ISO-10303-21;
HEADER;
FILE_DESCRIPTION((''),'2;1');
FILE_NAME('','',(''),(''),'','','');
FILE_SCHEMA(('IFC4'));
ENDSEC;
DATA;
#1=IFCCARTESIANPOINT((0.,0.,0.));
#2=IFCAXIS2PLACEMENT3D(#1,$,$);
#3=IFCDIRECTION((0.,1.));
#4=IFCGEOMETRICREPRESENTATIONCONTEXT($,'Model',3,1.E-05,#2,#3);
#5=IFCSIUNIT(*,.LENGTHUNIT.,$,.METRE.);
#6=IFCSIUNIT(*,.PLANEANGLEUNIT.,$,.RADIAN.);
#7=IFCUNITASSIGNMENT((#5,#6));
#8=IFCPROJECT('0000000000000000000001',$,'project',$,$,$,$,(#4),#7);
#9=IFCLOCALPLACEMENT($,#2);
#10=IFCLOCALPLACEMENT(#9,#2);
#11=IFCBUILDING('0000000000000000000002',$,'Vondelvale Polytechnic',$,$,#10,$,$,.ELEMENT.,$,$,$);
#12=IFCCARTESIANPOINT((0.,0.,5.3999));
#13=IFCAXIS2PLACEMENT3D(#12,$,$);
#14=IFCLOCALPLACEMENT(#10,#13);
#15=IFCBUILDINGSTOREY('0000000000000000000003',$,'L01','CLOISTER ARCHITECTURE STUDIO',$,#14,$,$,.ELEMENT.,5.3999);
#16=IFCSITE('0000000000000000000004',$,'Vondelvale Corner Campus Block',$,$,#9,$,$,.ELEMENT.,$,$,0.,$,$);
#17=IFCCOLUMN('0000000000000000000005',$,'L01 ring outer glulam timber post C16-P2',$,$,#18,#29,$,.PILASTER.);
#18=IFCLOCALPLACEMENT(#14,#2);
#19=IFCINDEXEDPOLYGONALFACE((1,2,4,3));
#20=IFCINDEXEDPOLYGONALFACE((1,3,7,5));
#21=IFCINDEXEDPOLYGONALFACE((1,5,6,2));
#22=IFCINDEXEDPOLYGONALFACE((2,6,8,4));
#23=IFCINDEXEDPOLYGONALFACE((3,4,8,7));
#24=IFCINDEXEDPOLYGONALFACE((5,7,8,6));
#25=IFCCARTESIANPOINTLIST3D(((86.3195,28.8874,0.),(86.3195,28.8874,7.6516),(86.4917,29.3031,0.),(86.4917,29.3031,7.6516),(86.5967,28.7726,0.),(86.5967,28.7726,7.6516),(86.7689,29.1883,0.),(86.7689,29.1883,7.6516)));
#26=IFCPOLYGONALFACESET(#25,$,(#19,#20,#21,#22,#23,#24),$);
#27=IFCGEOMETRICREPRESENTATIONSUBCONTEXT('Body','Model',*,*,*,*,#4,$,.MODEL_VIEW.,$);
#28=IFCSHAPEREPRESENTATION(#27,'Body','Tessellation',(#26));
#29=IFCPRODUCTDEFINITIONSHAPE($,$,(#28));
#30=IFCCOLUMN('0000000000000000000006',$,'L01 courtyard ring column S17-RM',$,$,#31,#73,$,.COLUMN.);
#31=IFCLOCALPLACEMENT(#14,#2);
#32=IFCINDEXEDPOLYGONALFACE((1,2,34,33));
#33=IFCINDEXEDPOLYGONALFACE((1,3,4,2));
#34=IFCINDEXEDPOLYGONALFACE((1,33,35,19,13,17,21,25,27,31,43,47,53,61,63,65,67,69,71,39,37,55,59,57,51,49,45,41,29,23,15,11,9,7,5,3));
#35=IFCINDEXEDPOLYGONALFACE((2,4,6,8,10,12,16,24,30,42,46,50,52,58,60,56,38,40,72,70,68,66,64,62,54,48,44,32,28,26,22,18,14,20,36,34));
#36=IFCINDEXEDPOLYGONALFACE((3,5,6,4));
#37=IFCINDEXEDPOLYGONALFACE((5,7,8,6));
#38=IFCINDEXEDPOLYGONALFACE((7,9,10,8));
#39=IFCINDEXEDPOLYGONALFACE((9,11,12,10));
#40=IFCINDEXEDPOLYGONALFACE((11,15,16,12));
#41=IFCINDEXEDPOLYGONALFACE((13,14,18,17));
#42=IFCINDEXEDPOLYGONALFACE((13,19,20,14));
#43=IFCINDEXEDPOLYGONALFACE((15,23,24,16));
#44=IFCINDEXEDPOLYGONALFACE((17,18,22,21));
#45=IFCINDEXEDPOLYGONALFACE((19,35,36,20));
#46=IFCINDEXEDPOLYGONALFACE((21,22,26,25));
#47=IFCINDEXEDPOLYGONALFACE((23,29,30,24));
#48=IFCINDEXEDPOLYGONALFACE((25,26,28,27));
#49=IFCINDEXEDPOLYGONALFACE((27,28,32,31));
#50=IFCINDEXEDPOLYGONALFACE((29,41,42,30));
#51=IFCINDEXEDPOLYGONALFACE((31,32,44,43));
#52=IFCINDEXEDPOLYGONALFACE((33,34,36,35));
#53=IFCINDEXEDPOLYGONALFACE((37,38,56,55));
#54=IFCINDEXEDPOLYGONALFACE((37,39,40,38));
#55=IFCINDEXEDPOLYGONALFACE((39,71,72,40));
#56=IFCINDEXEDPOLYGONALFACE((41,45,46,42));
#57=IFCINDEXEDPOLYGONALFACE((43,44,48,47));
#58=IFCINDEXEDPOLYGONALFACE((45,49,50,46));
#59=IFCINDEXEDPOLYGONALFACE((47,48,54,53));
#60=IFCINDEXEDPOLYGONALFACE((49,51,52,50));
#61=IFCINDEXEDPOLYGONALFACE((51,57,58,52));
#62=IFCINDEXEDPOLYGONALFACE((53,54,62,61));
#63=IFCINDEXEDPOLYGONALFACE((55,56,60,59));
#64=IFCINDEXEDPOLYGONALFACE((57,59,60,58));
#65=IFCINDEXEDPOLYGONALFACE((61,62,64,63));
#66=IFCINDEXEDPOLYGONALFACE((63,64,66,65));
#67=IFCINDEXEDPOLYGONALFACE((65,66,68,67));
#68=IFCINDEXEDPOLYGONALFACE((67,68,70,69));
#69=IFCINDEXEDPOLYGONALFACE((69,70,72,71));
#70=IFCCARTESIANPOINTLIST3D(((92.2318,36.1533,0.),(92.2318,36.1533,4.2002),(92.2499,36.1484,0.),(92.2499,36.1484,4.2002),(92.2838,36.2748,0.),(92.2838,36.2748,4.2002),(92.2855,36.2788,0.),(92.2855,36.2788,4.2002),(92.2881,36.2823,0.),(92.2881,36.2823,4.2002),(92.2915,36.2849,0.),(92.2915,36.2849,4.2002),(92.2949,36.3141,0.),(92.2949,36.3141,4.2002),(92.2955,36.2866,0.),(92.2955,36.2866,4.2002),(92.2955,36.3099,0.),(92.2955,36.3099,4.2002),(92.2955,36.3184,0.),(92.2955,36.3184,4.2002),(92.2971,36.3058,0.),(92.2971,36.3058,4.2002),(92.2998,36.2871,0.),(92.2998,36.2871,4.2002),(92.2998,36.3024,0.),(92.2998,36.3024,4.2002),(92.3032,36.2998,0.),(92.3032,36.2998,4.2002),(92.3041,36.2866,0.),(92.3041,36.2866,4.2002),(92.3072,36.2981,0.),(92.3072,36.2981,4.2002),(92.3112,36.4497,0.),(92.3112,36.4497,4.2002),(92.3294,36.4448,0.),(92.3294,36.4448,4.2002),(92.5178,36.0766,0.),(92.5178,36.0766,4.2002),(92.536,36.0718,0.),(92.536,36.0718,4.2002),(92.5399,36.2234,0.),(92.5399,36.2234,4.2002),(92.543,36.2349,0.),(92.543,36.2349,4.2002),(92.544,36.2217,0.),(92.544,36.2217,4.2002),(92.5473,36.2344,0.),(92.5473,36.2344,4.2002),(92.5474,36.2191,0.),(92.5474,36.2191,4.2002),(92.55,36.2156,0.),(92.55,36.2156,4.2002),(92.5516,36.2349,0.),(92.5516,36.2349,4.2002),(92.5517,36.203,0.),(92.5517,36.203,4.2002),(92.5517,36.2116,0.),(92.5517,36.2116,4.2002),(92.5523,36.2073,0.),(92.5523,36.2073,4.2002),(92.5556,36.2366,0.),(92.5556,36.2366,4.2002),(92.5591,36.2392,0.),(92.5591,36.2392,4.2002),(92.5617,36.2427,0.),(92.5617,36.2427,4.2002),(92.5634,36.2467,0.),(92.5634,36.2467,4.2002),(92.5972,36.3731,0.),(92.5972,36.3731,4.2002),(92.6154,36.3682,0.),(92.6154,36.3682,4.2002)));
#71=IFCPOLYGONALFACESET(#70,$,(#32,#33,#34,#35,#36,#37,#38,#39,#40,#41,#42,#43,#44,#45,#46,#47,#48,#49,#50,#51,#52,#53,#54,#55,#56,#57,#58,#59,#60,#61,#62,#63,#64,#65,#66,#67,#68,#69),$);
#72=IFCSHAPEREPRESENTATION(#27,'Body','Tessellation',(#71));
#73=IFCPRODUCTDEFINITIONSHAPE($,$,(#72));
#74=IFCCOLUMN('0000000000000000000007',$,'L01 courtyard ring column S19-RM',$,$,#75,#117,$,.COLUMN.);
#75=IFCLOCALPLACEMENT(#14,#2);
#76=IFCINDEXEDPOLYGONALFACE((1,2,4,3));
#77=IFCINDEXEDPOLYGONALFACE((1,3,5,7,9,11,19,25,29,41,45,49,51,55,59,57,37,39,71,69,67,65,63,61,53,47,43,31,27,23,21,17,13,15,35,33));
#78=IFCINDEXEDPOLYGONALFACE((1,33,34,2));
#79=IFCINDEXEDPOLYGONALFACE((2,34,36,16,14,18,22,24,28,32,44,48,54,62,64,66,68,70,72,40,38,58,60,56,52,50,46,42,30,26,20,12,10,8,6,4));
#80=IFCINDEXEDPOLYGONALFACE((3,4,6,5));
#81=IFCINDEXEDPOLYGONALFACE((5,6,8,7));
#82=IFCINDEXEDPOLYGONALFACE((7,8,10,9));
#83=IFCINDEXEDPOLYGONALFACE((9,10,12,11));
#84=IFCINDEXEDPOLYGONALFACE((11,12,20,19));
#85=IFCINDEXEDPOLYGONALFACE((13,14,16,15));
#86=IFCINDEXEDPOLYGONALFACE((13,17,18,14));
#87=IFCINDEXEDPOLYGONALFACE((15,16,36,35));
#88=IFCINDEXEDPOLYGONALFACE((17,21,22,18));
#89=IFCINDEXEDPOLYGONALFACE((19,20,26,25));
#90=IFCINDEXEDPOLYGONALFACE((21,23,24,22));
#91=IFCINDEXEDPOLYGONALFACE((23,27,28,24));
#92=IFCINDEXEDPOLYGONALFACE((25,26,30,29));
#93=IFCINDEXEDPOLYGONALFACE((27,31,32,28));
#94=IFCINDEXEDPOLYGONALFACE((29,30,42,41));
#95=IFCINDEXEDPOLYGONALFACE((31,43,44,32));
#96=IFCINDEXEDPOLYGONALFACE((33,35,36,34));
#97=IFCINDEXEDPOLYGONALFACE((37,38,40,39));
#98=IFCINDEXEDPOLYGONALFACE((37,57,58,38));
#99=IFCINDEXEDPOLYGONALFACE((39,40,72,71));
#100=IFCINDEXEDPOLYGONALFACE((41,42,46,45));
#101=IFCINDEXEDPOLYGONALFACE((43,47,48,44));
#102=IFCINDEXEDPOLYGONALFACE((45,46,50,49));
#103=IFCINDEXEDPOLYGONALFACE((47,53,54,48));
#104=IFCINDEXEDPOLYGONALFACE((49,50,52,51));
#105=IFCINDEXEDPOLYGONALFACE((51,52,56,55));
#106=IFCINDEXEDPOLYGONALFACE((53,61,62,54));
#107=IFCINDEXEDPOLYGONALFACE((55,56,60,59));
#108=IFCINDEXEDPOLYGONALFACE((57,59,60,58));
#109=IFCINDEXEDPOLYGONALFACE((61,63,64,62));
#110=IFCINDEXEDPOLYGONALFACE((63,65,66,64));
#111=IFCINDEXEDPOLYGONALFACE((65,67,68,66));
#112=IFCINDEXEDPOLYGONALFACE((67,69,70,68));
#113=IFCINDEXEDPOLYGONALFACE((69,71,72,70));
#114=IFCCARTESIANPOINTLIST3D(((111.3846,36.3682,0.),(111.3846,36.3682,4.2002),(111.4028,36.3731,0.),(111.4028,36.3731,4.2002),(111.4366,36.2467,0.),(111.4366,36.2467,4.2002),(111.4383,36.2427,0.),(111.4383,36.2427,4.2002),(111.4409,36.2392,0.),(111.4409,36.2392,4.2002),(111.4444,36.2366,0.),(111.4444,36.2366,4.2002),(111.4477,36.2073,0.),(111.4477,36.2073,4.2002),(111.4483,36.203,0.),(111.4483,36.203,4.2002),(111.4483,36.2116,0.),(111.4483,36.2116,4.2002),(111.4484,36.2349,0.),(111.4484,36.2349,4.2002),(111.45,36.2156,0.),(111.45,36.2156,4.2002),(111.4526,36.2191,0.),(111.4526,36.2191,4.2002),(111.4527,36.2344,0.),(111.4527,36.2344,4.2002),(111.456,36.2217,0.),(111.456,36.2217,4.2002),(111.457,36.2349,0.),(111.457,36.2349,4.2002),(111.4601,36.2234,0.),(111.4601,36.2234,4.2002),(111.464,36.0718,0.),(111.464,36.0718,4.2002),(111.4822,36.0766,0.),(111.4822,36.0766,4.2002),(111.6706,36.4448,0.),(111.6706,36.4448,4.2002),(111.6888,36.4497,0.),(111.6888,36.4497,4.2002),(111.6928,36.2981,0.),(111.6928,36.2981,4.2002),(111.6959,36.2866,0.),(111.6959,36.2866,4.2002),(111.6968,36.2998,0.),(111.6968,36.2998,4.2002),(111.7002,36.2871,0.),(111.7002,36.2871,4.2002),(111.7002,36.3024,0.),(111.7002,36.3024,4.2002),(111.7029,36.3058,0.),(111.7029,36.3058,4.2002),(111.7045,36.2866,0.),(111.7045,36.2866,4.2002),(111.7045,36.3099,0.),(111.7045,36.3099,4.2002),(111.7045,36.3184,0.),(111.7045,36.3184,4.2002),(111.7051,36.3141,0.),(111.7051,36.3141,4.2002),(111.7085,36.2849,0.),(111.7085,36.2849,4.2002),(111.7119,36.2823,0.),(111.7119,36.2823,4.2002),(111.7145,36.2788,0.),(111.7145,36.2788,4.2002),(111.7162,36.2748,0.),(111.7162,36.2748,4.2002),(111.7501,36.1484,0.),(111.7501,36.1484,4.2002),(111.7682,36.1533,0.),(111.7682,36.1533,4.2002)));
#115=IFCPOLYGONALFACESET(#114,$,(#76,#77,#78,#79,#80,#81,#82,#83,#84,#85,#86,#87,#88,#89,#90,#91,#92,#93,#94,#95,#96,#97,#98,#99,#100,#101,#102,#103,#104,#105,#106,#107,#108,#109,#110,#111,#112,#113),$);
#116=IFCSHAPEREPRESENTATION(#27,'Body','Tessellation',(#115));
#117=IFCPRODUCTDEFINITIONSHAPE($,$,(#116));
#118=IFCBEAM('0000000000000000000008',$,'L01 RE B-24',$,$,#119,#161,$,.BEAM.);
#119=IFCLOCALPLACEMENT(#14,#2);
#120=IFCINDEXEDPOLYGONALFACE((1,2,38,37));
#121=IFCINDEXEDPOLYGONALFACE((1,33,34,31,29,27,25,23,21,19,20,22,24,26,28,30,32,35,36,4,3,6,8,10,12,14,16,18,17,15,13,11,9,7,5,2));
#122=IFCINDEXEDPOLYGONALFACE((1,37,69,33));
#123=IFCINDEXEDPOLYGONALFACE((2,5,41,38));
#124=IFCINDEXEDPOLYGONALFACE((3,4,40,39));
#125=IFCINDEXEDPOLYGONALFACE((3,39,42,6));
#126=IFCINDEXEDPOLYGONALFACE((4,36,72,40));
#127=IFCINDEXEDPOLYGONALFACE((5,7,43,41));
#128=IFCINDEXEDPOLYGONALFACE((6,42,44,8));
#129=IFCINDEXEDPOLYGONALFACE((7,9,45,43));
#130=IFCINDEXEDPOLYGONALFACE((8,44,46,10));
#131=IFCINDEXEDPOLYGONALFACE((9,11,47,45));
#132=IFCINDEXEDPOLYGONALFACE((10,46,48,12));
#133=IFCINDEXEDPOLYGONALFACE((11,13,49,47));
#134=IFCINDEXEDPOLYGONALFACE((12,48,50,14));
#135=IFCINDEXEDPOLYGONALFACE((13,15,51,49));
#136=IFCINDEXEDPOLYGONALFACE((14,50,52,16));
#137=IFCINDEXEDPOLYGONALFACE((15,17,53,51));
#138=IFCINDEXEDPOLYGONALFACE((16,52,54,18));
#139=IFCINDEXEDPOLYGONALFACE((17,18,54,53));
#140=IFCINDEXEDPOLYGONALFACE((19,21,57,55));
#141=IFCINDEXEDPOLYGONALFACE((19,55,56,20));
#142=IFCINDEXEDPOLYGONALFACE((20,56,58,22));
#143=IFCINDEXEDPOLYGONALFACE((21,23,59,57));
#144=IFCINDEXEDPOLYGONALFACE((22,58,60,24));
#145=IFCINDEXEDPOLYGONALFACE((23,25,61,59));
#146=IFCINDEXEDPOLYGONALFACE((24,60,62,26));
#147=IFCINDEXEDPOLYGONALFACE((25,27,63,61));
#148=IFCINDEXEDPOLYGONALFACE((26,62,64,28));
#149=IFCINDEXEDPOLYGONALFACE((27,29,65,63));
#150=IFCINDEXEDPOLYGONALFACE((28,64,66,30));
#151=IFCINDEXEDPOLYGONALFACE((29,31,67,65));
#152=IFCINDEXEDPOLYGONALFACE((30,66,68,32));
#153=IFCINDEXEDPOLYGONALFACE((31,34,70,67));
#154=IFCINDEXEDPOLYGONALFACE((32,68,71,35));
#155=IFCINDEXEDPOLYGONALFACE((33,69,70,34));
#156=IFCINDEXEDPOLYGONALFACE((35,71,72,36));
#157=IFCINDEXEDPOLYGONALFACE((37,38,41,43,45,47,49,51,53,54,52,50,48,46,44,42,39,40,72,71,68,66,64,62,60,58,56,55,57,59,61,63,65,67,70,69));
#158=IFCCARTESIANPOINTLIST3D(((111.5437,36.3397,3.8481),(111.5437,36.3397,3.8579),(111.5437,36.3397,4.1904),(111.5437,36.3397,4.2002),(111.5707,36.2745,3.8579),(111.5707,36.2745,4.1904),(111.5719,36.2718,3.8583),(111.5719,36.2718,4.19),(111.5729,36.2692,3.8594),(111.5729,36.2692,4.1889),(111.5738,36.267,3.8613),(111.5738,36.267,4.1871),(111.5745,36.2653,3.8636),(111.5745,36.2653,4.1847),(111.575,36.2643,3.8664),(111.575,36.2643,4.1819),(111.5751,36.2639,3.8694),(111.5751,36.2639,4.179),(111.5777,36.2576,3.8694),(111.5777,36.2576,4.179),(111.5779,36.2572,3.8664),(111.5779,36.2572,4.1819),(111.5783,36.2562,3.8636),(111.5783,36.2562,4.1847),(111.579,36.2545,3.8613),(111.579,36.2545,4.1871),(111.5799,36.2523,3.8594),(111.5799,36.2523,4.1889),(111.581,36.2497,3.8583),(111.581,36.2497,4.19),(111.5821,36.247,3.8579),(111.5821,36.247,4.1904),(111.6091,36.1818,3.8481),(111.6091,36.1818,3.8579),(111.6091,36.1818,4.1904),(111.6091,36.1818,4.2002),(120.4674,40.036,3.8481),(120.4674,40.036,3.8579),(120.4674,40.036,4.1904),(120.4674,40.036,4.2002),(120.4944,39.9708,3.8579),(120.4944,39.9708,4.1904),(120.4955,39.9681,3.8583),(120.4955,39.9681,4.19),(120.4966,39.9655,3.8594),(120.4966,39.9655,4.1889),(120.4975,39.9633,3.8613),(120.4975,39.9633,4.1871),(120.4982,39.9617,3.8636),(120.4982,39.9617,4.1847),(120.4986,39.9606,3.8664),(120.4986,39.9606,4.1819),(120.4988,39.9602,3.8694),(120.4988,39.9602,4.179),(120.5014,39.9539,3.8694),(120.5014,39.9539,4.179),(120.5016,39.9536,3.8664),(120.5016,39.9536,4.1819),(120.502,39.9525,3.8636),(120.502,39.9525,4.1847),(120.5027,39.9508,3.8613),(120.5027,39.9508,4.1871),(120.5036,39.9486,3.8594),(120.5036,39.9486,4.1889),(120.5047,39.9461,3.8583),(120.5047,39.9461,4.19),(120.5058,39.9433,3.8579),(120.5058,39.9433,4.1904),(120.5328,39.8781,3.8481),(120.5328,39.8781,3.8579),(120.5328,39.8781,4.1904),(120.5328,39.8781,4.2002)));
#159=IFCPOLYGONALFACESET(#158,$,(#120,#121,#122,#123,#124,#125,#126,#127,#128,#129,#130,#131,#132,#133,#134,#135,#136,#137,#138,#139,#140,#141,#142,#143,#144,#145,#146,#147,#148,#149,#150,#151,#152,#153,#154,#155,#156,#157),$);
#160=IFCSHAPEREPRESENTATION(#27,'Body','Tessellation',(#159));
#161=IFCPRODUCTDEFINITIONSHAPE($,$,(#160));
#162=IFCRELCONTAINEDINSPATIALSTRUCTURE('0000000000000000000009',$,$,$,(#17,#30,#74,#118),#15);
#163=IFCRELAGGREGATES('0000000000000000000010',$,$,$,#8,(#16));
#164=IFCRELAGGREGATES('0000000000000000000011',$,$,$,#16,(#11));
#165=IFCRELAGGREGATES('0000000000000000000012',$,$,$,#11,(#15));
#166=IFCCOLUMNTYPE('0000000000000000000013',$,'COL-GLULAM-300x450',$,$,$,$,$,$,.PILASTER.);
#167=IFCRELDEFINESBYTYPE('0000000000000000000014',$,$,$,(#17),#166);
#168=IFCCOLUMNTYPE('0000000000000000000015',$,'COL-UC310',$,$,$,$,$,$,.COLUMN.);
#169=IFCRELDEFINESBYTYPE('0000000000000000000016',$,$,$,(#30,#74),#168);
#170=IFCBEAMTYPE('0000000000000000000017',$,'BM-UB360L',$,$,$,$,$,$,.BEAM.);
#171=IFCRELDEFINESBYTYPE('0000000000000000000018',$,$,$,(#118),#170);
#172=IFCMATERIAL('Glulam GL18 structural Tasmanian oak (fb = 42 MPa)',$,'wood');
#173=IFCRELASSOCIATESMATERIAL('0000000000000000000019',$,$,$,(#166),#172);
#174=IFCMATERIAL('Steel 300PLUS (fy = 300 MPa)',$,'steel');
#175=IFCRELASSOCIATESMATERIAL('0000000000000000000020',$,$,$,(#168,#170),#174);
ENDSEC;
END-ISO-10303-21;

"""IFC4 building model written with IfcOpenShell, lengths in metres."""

from ifc_helpers import new_model, si_unit, direction, frame, origin, origin_2d, place, context, subcontext, project, spatial, rectangle, i_section, extrude, material, material_profile, profile_set, type_object, element, save


model = new_model("IFC4")

# Units and contexts
model_context = context("Model", 3, precision=1e-05, world=origin(), true_north=direction((0.0, 1.0)))
body_context = subcontext(model_context, "Body", "Model", "MODEL_VIEW")
ifc_project = project(units=[si_unit("LENGTHUNIT", "METRE"), si_unit("PLANEANGLEUNIT", "RADIAN")], contexts=[model_context])

# Site, building, storey
site_placement = place(None, origin())
site = spatial("IfcSite", under=ifc_project, at=site_placement, Name="Vondelvale Corner Campus Block", CompositionType="ELEMENT", RefElevation=0.0)
building_placement = place(site_placement, origin())
building = spatial("IfcBuilding", under=site, at=building_placement, Name="Vondelvale Polytechnic", CompositionType="ELEMENT")
storey_placement = place(building_placement, frame((0.0, 0.0, 5.3999)))
storey = spatial("IfcBuildingStorey", under=building, at=storey_placement, Name="L01", Description="CLOISTER ARCHITECTURE STUDIO", CompositionType="ELEMENT", Elevation=5.3999)

# Columns
ifc_material_1 = material(Name="Glulam GL18 structural Tasmanian oak (fb = 42 MPa)", Category="wood")
ifc_material_profile_1 = material_profile(ifc_material_1, rectangle(XDim=0.3, YDim=0.45, at=origin_2d()), Name="GL-POST-300x450")
ifc_profile_set_1 = profile_set([ifc_material_profile_1], Name="Glulam GL18 structural Tasmanian oak (fb = 42 MPa)")
column_type_1 = type_object("IfcColumnType", Name="COL-GLULAM-300x450", PredefinedType="PILASTER", material=ifc_profile_set_1)
column_placement = place(storey_placement, frame((86.5442, 29.0378, 0.0), z_axis=(0.0, 0.0, 1.0), x_axis=(-0.92388, 0.382683, 0.0)))
element("IfcColumn", 1, at=column_placement, inside=storey, type_object=column_type_1, Name="L01 ring outer glulam timber post C16-P2", PredefinedType="PILASTER", context=body_context, shape_type="SweptSolid", body=[
    extrude(rectangle(XDim=0.3, YDim=0.45, at=origin_2d()), origin(), (0.0, 0.0, 1.0), 7.6516),
])
ifc_material_2 = material(Name="Steel 300PLUS (fy = 300 MPa)", Category="steel")
ifc_material_profile_2 = material_profile(ifc_material_2, i_section(OverallWidth=0.3069, OverallDepth=0.3149, WebThickness=0.012, FlangeThickness=0.0188, FilletRadius=0.0166, at=origin_2d()), Name="310UC118")
ifc_profile_set_2 = profile_set([ifc_material_profile_2], Name="Steel 300PLUS (fy = 300 MPa)")
column_type_2 = type_object("IfcColumnType", Name="COL-UC310", PredefinedType="COLUMN", material=ifc_profile_set_2)
for number, where, z_axis, x_axis, name in (
    (2, (92.4236, 36.2607, 0.0), (0.0, 0.0, 1.0), (0.258819, 0.965926, 0.0), "L01 courtyard ring column S17-RM"),
    (3, (111.5764, 36.2607, 0.0), (0.0, 0.0, 1.0), (-0.258819, 0.965926, 0.0), "L01 courtyard ring column S19-RM"),
):
    element("IfcColumn", number, at=place(storey_placement, frame(where, z_axis=z_axis, x_axis=x_axis)), inside=storey, type_object=column_type_2, Name=name, PredefinedType="COLUMN", context=body_context, shape_type="SweptSolid", body=[
        extrude(i_section(OverallWidth=0.3069, OverallDepth=0.3149, WebThickness=0.012, FlangeThickness=0.0188, FilletRadius=0.0166, at=origin_2d()), origin(), (0.0, 0.0, 1.0), 4.2002),
    ])

# Beam
ifc_material_profile_3 = material_profile(ifc_material_2, i_section(OverallWidth=0.1709, OverallDepth=0.3521, WebThickness=0.0068, FlangeThickness=0.0098, FilletRadius=0.0115, at=origin_2d()), Name="360UB44.7")
ifc_profile_set_3 = profile_set([ifc_material_profile_3], Name="Steel 300PLUS (fy = 300 MPa)")
beam_type_1 = type_object("IfcBeamType", Name="BM-UB360L", PredefinedType="BEAM", material=ifc_profile_set_3)
beam_1_placement = place(storey_placement, frame((111.5764, 36.2607, 4.0242), z_axis=(0.923879, 0.382685, 0.0), x_axis=(-0.382685, 0.923879, 0.0)))
element("IfcBeam", 4, at=beam_1_placement, inside=storey, type_object=beam_type_1, Name="L01 RE B-24", PredefinedType="BEAM", context=body_context, shape_type="SweptSolid", body=[
    extrude(i_section(OverallWidth=0.1709, OverallDepth=0.3521, WebThickness=0.0068, FlangeThickness=0.0098, FilletRadius=0.0115, at=origin_2d()), origin(), (0.0, 0.0, 1.0), 9.6589),
])

save(model, "model.ifc")
